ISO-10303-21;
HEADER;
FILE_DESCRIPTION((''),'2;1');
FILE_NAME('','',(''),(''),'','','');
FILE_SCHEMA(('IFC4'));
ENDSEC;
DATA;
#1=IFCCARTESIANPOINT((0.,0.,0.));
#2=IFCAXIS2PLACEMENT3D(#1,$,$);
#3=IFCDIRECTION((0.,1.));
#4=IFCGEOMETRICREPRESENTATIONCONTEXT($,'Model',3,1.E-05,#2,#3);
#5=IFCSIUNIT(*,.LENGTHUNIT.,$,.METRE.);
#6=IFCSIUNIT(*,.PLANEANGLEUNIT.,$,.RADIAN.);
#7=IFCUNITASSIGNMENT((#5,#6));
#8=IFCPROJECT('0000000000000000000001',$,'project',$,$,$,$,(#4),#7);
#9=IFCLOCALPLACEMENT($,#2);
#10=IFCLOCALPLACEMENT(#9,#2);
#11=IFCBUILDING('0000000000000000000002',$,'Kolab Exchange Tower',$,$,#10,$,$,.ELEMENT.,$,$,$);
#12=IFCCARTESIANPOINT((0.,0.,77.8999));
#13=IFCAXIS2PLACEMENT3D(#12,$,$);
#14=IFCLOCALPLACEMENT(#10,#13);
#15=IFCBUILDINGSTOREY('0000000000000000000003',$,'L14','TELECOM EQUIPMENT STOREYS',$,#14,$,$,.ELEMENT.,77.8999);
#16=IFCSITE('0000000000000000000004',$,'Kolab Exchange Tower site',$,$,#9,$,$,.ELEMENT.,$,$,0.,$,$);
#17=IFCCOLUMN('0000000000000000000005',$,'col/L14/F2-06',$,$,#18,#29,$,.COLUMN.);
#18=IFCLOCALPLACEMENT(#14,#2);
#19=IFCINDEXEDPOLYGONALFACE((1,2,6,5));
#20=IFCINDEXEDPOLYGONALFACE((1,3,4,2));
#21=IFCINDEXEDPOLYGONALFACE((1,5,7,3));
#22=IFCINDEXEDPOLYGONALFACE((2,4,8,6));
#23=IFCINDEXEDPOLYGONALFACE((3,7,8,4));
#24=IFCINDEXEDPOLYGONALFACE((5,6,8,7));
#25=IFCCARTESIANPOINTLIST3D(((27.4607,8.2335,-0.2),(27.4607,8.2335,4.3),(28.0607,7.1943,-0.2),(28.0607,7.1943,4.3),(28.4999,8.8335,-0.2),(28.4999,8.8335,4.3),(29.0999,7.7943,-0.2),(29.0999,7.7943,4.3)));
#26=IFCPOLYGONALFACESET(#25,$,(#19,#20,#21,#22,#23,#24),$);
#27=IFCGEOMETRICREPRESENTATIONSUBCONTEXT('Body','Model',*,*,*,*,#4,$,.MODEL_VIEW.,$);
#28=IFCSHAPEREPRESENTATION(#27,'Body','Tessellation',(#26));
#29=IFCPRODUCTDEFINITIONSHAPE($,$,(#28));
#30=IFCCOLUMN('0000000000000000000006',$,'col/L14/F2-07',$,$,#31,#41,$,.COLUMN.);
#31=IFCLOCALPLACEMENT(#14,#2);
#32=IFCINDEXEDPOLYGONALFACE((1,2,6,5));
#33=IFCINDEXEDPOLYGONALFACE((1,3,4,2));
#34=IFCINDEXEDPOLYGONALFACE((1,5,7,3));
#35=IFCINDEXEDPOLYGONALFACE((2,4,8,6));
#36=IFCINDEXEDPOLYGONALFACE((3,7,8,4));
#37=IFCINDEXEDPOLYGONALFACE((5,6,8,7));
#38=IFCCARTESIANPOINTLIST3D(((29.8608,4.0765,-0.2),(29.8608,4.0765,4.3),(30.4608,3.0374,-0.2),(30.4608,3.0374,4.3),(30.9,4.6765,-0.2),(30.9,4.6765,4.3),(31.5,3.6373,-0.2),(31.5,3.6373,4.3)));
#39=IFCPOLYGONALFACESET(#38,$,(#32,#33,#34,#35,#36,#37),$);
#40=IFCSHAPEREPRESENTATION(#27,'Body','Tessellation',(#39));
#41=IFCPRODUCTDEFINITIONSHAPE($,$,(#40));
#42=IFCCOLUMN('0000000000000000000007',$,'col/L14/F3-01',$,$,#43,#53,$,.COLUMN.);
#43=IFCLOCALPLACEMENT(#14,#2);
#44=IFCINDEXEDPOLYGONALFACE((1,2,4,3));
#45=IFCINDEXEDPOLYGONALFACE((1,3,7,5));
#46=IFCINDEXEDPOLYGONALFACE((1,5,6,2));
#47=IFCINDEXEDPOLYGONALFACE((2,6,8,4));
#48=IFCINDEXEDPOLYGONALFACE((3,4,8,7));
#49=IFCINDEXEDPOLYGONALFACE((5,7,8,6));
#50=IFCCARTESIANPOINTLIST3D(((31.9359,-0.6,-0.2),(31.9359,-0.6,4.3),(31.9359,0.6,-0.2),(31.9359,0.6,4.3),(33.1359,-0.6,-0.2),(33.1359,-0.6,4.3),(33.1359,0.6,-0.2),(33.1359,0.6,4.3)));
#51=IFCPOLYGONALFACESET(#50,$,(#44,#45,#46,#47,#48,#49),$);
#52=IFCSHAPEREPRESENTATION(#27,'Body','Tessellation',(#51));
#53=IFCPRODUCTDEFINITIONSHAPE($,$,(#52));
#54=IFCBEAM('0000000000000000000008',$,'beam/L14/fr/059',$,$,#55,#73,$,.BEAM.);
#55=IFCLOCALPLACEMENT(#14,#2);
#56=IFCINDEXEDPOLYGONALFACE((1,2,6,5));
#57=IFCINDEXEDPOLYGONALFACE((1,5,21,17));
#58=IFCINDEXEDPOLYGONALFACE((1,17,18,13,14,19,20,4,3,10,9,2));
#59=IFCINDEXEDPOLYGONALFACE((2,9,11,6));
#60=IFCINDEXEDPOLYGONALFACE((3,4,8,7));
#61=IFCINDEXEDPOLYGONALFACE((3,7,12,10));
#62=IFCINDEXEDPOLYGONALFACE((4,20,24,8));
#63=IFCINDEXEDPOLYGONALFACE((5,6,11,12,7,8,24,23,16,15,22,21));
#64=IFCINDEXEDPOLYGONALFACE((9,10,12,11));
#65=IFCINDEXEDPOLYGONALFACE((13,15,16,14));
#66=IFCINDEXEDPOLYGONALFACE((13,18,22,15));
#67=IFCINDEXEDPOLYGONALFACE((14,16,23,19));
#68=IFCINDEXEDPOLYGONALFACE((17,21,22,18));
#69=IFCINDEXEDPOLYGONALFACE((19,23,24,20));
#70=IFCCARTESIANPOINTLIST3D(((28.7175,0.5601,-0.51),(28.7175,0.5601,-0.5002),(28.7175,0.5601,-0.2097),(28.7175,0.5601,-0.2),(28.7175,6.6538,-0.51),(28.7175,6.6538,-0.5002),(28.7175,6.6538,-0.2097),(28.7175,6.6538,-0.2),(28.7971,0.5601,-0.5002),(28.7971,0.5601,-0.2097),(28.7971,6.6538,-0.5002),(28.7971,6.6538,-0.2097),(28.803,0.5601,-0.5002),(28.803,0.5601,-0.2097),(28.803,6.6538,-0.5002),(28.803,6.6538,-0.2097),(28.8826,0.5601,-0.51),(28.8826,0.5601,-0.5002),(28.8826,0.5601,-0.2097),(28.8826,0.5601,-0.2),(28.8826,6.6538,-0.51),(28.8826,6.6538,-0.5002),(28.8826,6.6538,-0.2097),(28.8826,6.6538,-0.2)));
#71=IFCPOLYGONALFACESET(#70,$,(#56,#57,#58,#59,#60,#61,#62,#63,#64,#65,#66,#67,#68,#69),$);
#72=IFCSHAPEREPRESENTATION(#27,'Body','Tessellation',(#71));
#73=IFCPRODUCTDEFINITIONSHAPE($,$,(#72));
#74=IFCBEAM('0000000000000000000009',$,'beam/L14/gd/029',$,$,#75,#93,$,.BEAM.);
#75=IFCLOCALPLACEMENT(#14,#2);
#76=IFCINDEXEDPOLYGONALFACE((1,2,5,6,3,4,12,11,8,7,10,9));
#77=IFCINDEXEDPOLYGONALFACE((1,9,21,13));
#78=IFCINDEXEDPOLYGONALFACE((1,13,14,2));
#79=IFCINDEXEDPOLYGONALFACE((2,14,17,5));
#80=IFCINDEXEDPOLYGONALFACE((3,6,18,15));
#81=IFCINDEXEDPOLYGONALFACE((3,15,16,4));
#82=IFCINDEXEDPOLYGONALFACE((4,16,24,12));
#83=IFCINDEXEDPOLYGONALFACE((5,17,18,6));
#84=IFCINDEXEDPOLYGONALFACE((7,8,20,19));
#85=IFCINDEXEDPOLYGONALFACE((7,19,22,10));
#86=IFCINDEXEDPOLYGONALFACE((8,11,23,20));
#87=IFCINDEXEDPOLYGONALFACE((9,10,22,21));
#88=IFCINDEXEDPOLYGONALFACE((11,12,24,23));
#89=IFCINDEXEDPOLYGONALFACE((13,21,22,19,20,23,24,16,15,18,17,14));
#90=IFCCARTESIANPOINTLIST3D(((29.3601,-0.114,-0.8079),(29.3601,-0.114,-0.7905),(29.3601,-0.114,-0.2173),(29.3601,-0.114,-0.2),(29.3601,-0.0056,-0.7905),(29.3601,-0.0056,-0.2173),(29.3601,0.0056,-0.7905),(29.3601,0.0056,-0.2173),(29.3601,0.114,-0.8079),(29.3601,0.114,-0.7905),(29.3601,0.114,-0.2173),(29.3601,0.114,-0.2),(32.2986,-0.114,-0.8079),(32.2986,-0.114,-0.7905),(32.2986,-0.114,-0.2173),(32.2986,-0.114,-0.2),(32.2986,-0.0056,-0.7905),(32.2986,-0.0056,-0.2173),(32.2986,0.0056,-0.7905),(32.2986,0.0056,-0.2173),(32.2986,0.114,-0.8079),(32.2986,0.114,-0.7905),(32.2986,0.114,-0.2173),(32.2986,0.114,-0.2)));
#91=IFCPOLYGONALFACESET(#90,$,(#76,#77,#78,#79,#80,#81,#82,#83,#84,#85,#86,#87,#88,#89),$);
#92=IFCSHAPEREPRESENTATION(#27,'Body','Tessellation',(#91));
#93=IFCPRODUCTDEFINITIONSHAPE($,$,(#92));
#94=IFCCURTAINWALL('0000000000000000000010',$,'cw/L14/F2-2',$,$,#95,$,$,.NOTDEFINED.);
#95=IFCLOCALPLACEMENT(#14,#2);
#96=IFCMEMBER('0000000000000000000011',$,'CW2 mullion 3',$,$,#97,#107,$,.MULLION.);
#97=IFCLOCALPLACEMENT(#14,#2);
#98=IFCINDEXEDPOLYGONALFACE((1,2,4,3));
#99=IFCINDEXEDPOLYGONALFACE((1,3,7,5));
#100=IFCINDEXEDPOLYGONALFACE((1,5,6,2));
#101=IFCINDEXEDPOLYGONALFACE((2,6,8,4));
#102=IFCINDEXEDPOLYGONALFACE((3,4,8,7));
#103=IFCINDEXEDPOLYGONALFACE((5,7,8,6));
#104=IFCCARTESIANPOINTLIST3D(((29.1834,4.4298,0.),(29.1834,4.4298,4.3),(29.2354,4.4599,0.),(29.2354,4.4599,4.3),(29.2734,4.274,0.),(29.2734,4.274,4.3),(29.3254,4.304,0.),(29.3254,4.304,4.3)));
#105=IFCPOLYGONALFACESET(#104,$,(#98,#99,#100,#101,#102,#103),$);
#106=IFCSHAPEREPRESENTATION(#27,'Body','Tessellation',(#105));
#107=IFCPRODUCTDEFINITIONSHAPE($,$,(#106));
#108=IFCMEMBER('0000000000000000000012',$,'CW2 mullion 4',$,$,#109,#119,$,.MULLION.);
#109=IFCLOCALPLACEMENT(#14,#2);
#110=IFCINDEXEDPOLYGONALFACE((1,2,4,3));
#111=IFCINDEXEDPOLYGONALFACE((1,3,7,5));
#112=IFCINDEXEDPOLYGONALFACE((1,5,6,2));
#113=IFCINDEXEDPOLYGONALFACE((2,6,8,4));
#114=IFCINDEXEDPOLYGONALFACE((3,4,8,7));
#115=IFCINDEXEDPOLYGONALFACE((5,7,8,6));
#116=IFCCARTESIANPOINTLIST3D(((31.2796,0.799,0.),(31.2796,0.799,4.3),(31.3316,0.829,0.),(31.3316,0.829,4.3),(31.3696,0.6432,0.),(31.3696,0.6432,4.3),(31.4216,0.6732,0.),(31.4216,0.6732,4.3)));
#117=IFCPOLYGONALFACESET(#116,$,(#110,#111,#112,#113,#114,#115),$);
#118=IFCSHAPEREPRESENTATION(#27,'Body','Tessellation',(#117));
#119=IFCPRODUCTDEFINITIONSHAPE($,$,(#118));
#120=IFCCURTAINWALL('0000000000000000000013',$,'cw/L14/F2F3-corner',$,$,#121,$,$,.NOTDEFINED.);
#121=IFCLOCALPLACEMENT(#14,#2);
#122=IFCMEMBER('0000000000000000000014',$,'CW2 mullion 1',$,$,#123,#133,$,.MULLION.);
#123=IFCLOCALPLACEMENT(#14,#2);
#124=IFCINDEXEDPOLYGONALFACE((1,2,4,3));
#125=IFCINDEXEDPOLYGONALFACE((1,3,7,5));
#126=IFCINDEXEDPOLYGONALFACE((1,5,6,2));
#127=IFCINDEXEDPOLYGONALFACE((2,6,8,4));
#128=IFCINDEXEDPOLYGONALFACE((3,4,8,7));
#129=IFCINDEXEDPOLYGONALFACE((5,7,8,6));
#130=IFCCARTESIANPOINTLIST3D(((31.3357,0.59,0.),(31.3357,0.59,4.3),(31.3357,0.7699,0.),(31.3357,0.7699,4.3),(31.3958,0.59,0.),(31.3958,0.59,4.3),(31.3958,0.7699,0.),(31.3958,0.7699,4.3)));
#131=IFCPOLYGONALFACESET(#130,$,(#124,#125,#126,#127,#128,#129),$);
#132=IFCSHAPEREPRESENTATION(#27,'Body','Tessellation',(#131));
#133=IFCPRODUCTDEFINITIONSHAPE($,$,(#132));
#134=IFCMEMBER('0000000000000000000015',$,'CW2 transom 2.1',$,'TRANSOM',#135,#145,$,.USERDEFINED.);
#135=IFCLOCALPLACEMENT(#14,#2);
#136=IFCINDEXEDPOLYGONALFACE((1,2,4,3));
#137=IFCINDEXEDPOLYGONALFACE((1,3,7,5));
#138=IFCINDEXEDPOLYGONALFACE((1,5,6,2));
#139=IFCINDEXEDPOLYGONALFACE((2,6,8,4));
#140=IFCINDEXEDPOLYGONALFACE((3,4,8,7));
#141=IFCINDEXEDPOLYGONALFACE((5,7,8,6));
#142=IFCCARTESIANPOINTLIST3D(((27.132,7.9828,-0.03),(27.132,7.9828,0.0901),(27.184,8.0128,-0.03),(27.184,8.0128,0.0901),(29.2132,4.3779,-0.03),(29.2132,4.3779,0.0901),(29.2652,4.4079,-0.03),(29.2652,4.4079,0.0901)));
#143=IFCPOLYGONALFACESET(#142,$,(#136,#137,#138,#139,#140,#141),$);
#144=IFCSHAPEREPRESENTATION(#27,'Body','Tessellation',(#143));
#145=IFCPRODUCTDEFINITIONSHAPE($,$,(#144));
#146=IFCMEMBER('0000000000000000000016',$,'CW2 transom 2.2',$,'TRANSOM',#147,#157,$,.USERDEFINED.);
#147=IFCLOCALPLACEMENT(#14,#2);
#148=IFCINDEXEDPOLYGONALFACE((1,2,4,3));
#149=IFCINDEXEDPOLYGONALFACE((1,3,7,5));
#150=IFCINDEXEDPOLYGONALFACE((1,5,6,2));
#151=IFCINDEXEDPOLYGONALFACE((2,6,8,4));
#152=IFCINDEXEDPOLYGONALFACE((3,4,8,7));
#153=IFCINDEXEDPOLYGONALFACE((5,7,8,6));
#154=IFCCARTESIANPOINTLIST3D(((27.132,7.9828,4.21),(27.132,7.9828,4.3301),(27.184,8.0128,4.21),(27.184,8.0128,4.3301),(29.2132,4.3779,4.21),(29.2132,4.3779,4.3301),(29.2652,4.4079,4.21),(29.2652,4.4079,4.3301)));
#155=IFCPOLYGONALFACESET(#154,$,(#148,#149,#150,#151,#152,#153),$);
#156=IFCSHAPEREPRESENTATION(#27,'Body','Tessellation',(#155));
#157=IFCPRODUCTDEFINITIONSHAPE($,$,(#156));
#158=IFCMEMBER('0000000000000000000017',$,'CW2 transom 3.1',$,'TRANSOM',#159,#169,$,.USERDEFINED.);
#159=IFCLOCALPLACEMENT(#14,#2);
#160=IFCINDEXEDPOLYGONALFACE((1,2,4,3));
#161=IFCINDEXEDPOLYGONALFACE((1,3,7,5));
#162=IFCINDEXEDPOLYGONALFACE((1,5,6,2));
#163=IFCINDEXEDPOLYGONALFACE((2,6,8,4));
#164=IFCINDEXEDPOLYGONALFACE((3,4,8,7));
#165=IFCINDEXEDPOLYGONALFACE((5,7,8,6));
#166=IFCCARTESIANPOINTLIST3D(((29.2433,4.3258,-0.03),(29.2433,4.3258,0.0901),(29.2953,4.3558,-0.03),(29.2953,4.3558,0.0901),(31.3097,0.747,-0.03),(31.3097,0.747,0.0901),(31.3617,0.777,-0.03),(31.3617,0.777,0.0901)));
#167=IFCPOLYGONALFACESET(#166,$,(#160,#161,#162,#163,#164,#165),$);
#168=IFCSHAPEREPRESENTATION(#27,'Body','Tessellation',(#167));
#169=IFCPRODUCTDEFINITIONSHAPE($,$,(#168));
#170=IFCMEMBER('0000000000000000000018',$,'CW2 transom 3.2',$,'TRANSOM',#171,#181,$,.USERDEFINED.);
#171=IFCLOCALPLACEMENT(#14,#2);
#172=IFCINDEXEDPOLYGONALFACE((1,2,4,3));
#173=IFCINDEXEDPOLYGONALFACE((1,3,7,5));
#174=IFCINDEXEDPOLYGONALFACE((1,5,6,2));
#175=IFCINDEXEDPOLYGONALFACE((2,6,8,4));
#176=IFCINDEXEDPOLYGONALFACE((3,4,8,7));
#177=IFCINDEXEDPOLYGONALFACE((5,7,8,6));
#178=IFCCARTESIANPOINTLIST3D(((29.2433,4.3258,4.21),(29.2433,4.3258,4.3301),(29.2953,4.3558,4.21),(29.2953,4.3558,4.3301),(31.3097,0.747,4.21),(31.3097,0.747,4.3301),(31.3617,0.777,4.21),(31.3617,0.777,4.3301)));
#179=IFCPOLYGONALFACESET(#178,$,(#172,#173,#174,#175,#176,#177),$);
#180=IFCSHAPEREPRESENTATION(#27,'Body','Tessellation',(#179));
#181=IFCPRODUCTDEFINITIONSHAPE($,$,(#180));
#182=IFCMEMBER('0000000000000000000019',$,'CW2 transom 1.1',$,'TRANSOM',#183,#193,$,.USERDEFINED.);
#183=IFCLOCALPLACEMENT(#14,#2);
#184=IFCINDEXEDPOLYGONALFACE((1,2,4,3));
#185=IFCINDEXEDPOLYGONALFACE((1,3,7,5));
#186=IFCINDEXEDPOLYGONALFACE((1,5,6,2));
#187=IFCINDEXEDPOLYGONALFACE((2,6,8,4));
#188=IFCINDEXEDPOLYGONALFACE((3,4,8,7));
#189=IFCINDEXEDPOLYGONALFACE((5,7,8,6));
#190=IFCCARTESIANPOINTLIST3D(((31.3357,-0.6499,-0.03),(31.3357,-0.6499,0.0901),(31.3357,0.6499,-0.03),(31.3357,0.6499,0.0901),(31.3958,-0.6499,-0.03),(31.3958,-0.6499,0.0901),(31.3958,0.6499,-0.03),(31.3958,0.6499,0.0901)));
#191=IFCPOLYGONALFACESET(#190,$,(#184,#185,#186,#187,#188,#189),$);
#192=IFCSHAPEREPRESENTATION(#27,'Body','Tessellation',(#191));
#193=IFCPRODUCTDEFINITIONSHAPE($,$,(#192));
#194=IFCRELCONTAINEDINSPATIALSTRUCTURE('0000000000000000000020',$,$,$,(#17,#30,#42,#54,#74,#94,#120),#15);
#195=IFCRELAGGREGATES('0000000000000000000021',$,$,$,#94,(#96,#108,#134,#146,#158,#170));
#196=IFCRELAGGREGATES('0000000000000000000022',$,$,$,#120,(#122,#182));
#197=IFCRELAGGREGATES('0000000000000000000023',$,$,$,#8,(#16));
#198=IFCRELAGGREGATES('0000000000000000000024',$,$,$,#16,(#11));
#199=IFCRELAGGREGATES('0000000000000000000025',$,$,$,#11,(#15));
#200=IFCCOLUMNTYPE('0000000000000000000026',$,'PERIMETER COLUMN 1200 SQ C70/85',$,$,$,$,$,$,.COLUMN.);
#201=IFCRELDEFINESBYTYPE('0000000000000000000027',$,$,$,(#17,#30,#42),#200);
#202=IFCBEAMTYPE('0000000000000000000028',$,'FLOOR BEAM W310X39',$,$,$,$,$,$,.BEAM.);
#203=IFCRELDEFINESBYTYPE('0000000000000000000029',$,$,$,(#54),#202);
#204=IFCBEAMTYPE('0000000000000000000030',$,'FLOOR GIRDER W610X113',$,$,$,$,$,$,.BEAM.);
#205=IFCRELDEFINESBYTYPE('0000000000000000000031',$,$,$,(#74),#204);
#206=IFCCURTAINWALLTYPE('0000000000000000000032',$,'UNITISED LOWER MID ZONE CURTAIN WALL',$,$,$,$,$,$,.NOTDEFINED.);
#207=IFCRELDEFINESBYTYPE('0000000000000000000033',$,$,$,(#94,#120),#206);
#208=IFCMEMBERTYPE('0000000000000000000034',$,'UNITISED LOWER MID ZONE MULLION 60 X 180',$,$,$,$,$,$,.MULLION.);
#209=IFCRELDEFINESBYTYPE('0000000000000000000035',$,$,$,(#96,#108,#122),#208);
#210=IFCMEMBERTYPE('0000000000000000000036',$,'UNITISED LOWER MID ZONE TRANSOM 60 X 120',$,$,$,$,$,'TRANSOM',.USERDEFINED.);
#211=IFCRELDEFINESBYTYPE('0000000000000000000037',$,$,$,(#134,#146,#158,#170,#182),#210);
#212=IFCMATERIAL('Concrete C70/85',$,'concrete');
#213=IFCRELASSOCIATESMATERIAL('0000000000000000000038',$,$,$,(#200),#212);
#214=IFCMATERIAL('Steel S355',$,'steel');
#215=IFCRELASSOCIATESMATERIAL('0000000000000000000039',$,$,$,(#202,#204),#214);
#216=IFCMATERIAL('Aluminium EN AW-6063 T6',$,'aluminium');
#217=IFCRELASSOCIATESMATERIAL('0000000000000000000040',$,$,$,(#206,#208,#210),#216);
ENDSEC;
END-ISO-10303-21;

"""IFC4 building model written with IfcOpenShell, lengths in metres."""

from ifc_helpers import new_model, si_unit, direction, frame, origin, origin_2d, place, context, subcontext, project, spatial, rectangle, i_section, extrude, material, material_profile, profile_set, type_object, element, aggregate, save


model = new_model("IFC4")

# Units and contexts
model_context = context("Model", 3, precision=1e-05, world=origin(), true_north=direction((0.0, 1.0)))
body_context = subcontext(model_context, "Body", "Model", "MODEL_VIEW")
ifc_project = project(units=[si_unit("LENGTHUNIT", "METRE"), si_unit("PLANEANGLEUNIT", "RADIAN")], contexts=[model_context])

# Site, building, storey
site_placement = place(None, origin())
site = spatial("IfcSite", under=ifc_project, at=site_placement, Name="Kolab Exchange Tower site", CompositionType="ELEMENT", RefElevation=0.0)
building_placement = place(site_placement, origin())
building = spatial("IfcBuilding", under=site, at=building_placement, Name="Kolab Exchange Tower", CompositionType="ELEMENT")
storey_placement = place(building_placement, frame((0.0, 0.0, 77.8999)))
storey = spatial("IfcBuildingStorey", under=building, at=storey_placement, Name="L14", Description="TELECOM EQUIPMENT STOREYS", CompositionType="ELEMENT", Elevation=77.8999)

# Columns
ifc_material_1 = material(Name="Concrete C70/85", Category="concrete")
ifc_material_profile_1 = material_profile(ifc_material_1, rectangle(XDim=1.2, YDim=1.2, at=origin_2d()), Name="RC1200")
ifc_profile_set_1 = profile_set([ifc_material_profile_1], Name="Concrete C70/85")
column_type = type_object("IfcColumnType", Name="PERIMETER COLUMN 1200 SQ C70/85", PredefinedType="COLUMN", material=ifc_profile_set_1)
for number, where, z_axis, x_axis, name in (
    (1, (28.2803, 8.0139, -0.2), (0.0, 0.0, 1.0), (0.866025, 0.5, 0.0), "col/L14/F2-06"),
    (2, (30.6804, 3.8569, -0.2), (0.0, 0.0, 1.0), (0.866025, 0.5, 0.0), "col/L14/F2-07"),
    (3, (32.5359, 0.0, -0.2), (0.0, 0.0, 1.0), (1.0, 0.0, 0.0), "col/L14/F3-01"),
):
    element("IfcColumn", number, at=place(storey_placement, frame(where, z_axis=z_axis, x_axis=x_axis)), inside=storey, type_object=column_type, Name=name, PredefinedType="COLUMN", context=body_context, shape_type="SweptSolid", body=[
        extrude(rectangle(XDim=1.2, YDim=1.2, at=origin_2d()), origin(), (0.0, 0.0, 1.0), 4.5),
    ])

# Beams
ifc_material_2 = material(Name="Steel S355", Category="steel")
ifc_material_profile_2 = material_profile(ifc_material_2, i_section(OverallWidth=0.165, OverallDepth=0.3101, WebThickness=0.0059, FlangeThickness=0.0098, at=origin_2d()), Name="W310X39")
ifc_profile_set_2 = profile_set([ifc_material_profile_2], Name="Steel S355")
beam_type_1 = type_object("IfcBeamType", Name="FLOOR BEAM W310X39", PredefinedType="BEAM", material=ifc_profile_set_2)
beam_1_placement = place(storey_placement, frame((28.8, 0.5601, -0.355), z_axis=(0.0, 1.0, 0.0), x_axis=(-1.0, 0.0, 0.0)))
element("IfcBeam", 4, at=beam_1_placement, inside=storey, type_object=beam_type_1, Name="beam/L14/fr/059", PredefinedType="BEAM", context=body_context, shape_type="SweptSolid", body=[
    extrude(i_section(OverallWidth=0.165, OverallDepth=0.3101, WebThickness=0.0059, FlangeThickness=0.0098, at=origin_2d()), origin(), (0.0, 0.0, 1.0), 6.0938),
])
ifc_material_profile_3 = material_profile(ifc_material_2, i_section(OverallWidth=0.228, OverallDepth=0.6079, WebThickness=0.0112, FlangeThickness=0.0173, at=origin_2d()), Name="W610X113")
ifc_profile_set_3 = profile_set([ifc_material_profile_3], Name="Steel S355")
beam_type_2 = type_object("IfcBeamType", Name="FLOOR GIRDER W610X113", PredefinedType="BEAM", material=ifc_profile_set_3)
beam_2_placement = place(storey_placement, frame((29.3601, 0.0, -0.5039), z_axis=(1.0, 0.0, 0.0), x_axis=(0.0, 1.0, 0.0)))
element("IfcBeam", 5, at=beam_2_placement, inside=storey, type_object=beam_type_2, Name="beam/L14/gd/029", PredefinedType="BEAM", context=body_context, shape_type="SweptSolid", body=[
    extrude(i_section(OverallWidth=0.228, OverallDepth=0.6079, WebThickness=0.0112, FlangeThickness=0.0173, at=origin_2d()), origin(), (0.0, 0.0, 1.0), 2.9385),
])

# Curtain wall, members
ifc_material_3 = material(Name="Aluminium EN AW-6063 T6", Category="aluminium")
curtain_wall_type = type_object("IfcCurtainWallType", Name="UNITISED LOWER MID ZONE CURTAIN WALL", PredefinedType="NOTDEFINED", material=ifc_material_3)
curtain_wall_1_placement = place(storey_placement, origin())
curtain_wall_1 = element("IfcCurtainWall", 6, at=curtain_wall_1_placement, inside=storey, type_object=curtain_wall_type, Name="cw/L14/F2-2", PredefinedType="NOTDEFINED")
ifc_material_profile_4 = material_profile(ifc_material_3, rectangle(XDim=0.0601, YDim=0.1799, at=origin_2d()), Name="RECT 60X180")
ifc_profile_set_4 = profile_set([ifc_material_profile_4], Name="Aluminium EN AW-6063 T6")
member_type_1 = type_object("IfcMemberType", Name="UNITISED LOWER MID ZONE MULLION 60 X 180", PredefinedType="MULLION", material=ifc_profile_set_4)
member_1_placement = place(storey_placement, frame((29.2544, 4.3669, 0.0), z_axis=(0.0, 0.0, 1.0), x_axis=(0.866025, 0.5, 0.0)))
member_1 = element("IfcMember", 7, at=member_1_placement, type_object=member_type_1, Name="CW2 mullion 3", PredefinedType="MULLION", context=body_context, shape_type="SweptSolid", body=[
    extrude(rectangle(XDim=0.0601, YDim=0.1799, at=origin_2d()), origin(), (0.0, 0.0, 1.0), 4.3),
])
member_2_placement = place(storey_placement, frame((31.3506, 0.7361, 0.0), z_axis=(0.0, 0.0, 1.0), x_axis=(0.866025, 0.5, 0.0)))
member_2 = element("IfcMember", 8, at=member_2_placement, type_object=member_type_1, Name="CW2 mullion 4", PredefinedType="MULLION", context=body_context, shape_type="SweptSolid", body=[
    extrude(rectangle(XDim=0.0601, YDim=0.1799, at=origin_2d()), origin(), (0.0, 0.0, 1.0), 4.3),
])

# Curtain wall, member
curtain_wall_2_placement = place(storey_placement, origin())
curtain_wall_2 = element("IfcCurtainWall", 9, at=curtain_wall_2_placement, inside=storey, type_object=curtain_wall_type, Name="cw/L14/F2F3-corner", PredefinedType="NOTDEFINED")
member_3_placement = place(storey_placement, frame((31.3657, 0.6799, 0.0), z_axis=(0.0, 0.0, 1.0), x_axis=(1.0, 0.0, 0.0)))
member_3 = element("IfcMember", 10, at=member_3_placement, type_object=member_type_1, Name="CW2 mullion 1", PredefinedType="MULLION", context=body_context, shape_type="SweptSolid", body=[
    extrude(rectangle(XDim=0.0601, YDim=0.1799, at=origin_2d()), origin(), (0.0, 0.0, 1.0), 4.3),
])

# Members
ifc_material_profile_5 = material_profile(ifc_material_3, rectangle(XDim=0.0601, YDim=0.1201, at=origin_2d()), Name="RECT 60X120")
ifc_profile_set_5 = profile_set([ifc_material_profile_5], Name="Aluminium EN AW-6063 T6")
member_type_2 = type_object("IfcMemberType", Name="UNITISED LOWER MID ZONE TRANSOM 60 X 120", ElementType="TRANSOM", PredefinedType="USERDEFINED", material=ifc_profile_set_5)
member_4_placement = place(storey_placement, frame((27.158, 7.9978, 0.03), z_axis=(0.499993, -0.866029, 0.0), x_axis=(0.866029, 0.499993, 0.0)))
member_4 = element("IfcMember", 11, at=member_4_placement, type_object=member_type_2, Name="CW2 transom 2.1", ObjectType="TRANSOM", PredefinedType="USERDEFINED", context=body_context, shape_type="SweptSolid", body=[
    extrude(rectangle(XDim=0.0601, YDim=0.1201, at=origin_2d()), origin(), (0.0, 0.0, 1.0), 4.1626),
])
member_5_placement = place(storey_placement, frame((27.158, 7.9978, 4.27), z_axis=(0.499993, -0.866029, 0.0), x_axis=(0.866029, 0.499993, 0.0)))
member_5 = element("IfcMember", 12, at=member_5_placement, type_object=member_type_2, Name="CW2 transom 2.2", ObjectType="TRANSOM", PredefinedType="USERDEFINED", context=body_context, shape_type="SweptSolid", body=[
    extrude(rectangle(XDim=0.0601, YDim=0.1201, at=origin_2d()), origin(), (0.0, 0.0, 1.0), 4.1626),
])
member_6_placement = place(storey_placement, frame((29.2693, 4.3408, 0.03), z_axis=(0.500028, -0.866009, 0.0), x_axis=(0.866009, 0.500028, 0.0)))
member_6 = element("IfcMember", 13, at=member_6_placement, type_object=member_type_2, Name="CW2 transom 3.1", ObjectType="TRANSOM", PredefinedType="USERDEFINED", context=body_context, shape_type="SweptSolid", body=[
    extrude(rectangle(XDim=0.0601, YDim=0.1201, at=origin_2d()), origin(), (0.0, 0.0, 1.0), 4.1326),
])
member_7_placement = place(storey_placement, frame((29.2693, 4.3408, 4.27), z_axis=(0.500028, -0.866009, 0.0), x_axis=(0.866009, 0.500028, 0.0)))
member_7 = element("IfcMember", 14, at=member_7_placement, type_object=member_type_2, Name="CW2 transom 3.2", ObjectType="TRANSOM", PredefinedType="USERDEFINED", context=body_context, shape_type="SweptSolid", body=[
    extrude(rectangle(XDim=0.0601, YDim=0.1201, at=origin_2d()), origin(), (0.0, 0.0, 1.0), 4.1326),
])
member_8_placement = place(storey_placement, frame((31.3657, 0.6499, 0.03), z_axis=(0.0, -1.0, 0.0), x_axis=(1.0, 0.0, 0.0)))
member_8 = element("IfcMember", 15, at=member_8_placement, type_object=member_type_2, Name="CW2 transom 1.1", ObjectType="TRANSOM", PredefinedType="USERDEFINED", context=body_context, shape_type="SweptSolid", body=[
    extrude(rectangle(XDim=0.0601, YDim=0.1201, at=origin_2d()), origin(), (0.0, 0.0, 1.0), 1.2998),
])

aggregate(curtain_wall_1, [member_1, member_2, member_4, member_5, member_6, member_7])
aggregate(curtain_wall_2, [member_3, member_8])

save(model, "model.ifc")
